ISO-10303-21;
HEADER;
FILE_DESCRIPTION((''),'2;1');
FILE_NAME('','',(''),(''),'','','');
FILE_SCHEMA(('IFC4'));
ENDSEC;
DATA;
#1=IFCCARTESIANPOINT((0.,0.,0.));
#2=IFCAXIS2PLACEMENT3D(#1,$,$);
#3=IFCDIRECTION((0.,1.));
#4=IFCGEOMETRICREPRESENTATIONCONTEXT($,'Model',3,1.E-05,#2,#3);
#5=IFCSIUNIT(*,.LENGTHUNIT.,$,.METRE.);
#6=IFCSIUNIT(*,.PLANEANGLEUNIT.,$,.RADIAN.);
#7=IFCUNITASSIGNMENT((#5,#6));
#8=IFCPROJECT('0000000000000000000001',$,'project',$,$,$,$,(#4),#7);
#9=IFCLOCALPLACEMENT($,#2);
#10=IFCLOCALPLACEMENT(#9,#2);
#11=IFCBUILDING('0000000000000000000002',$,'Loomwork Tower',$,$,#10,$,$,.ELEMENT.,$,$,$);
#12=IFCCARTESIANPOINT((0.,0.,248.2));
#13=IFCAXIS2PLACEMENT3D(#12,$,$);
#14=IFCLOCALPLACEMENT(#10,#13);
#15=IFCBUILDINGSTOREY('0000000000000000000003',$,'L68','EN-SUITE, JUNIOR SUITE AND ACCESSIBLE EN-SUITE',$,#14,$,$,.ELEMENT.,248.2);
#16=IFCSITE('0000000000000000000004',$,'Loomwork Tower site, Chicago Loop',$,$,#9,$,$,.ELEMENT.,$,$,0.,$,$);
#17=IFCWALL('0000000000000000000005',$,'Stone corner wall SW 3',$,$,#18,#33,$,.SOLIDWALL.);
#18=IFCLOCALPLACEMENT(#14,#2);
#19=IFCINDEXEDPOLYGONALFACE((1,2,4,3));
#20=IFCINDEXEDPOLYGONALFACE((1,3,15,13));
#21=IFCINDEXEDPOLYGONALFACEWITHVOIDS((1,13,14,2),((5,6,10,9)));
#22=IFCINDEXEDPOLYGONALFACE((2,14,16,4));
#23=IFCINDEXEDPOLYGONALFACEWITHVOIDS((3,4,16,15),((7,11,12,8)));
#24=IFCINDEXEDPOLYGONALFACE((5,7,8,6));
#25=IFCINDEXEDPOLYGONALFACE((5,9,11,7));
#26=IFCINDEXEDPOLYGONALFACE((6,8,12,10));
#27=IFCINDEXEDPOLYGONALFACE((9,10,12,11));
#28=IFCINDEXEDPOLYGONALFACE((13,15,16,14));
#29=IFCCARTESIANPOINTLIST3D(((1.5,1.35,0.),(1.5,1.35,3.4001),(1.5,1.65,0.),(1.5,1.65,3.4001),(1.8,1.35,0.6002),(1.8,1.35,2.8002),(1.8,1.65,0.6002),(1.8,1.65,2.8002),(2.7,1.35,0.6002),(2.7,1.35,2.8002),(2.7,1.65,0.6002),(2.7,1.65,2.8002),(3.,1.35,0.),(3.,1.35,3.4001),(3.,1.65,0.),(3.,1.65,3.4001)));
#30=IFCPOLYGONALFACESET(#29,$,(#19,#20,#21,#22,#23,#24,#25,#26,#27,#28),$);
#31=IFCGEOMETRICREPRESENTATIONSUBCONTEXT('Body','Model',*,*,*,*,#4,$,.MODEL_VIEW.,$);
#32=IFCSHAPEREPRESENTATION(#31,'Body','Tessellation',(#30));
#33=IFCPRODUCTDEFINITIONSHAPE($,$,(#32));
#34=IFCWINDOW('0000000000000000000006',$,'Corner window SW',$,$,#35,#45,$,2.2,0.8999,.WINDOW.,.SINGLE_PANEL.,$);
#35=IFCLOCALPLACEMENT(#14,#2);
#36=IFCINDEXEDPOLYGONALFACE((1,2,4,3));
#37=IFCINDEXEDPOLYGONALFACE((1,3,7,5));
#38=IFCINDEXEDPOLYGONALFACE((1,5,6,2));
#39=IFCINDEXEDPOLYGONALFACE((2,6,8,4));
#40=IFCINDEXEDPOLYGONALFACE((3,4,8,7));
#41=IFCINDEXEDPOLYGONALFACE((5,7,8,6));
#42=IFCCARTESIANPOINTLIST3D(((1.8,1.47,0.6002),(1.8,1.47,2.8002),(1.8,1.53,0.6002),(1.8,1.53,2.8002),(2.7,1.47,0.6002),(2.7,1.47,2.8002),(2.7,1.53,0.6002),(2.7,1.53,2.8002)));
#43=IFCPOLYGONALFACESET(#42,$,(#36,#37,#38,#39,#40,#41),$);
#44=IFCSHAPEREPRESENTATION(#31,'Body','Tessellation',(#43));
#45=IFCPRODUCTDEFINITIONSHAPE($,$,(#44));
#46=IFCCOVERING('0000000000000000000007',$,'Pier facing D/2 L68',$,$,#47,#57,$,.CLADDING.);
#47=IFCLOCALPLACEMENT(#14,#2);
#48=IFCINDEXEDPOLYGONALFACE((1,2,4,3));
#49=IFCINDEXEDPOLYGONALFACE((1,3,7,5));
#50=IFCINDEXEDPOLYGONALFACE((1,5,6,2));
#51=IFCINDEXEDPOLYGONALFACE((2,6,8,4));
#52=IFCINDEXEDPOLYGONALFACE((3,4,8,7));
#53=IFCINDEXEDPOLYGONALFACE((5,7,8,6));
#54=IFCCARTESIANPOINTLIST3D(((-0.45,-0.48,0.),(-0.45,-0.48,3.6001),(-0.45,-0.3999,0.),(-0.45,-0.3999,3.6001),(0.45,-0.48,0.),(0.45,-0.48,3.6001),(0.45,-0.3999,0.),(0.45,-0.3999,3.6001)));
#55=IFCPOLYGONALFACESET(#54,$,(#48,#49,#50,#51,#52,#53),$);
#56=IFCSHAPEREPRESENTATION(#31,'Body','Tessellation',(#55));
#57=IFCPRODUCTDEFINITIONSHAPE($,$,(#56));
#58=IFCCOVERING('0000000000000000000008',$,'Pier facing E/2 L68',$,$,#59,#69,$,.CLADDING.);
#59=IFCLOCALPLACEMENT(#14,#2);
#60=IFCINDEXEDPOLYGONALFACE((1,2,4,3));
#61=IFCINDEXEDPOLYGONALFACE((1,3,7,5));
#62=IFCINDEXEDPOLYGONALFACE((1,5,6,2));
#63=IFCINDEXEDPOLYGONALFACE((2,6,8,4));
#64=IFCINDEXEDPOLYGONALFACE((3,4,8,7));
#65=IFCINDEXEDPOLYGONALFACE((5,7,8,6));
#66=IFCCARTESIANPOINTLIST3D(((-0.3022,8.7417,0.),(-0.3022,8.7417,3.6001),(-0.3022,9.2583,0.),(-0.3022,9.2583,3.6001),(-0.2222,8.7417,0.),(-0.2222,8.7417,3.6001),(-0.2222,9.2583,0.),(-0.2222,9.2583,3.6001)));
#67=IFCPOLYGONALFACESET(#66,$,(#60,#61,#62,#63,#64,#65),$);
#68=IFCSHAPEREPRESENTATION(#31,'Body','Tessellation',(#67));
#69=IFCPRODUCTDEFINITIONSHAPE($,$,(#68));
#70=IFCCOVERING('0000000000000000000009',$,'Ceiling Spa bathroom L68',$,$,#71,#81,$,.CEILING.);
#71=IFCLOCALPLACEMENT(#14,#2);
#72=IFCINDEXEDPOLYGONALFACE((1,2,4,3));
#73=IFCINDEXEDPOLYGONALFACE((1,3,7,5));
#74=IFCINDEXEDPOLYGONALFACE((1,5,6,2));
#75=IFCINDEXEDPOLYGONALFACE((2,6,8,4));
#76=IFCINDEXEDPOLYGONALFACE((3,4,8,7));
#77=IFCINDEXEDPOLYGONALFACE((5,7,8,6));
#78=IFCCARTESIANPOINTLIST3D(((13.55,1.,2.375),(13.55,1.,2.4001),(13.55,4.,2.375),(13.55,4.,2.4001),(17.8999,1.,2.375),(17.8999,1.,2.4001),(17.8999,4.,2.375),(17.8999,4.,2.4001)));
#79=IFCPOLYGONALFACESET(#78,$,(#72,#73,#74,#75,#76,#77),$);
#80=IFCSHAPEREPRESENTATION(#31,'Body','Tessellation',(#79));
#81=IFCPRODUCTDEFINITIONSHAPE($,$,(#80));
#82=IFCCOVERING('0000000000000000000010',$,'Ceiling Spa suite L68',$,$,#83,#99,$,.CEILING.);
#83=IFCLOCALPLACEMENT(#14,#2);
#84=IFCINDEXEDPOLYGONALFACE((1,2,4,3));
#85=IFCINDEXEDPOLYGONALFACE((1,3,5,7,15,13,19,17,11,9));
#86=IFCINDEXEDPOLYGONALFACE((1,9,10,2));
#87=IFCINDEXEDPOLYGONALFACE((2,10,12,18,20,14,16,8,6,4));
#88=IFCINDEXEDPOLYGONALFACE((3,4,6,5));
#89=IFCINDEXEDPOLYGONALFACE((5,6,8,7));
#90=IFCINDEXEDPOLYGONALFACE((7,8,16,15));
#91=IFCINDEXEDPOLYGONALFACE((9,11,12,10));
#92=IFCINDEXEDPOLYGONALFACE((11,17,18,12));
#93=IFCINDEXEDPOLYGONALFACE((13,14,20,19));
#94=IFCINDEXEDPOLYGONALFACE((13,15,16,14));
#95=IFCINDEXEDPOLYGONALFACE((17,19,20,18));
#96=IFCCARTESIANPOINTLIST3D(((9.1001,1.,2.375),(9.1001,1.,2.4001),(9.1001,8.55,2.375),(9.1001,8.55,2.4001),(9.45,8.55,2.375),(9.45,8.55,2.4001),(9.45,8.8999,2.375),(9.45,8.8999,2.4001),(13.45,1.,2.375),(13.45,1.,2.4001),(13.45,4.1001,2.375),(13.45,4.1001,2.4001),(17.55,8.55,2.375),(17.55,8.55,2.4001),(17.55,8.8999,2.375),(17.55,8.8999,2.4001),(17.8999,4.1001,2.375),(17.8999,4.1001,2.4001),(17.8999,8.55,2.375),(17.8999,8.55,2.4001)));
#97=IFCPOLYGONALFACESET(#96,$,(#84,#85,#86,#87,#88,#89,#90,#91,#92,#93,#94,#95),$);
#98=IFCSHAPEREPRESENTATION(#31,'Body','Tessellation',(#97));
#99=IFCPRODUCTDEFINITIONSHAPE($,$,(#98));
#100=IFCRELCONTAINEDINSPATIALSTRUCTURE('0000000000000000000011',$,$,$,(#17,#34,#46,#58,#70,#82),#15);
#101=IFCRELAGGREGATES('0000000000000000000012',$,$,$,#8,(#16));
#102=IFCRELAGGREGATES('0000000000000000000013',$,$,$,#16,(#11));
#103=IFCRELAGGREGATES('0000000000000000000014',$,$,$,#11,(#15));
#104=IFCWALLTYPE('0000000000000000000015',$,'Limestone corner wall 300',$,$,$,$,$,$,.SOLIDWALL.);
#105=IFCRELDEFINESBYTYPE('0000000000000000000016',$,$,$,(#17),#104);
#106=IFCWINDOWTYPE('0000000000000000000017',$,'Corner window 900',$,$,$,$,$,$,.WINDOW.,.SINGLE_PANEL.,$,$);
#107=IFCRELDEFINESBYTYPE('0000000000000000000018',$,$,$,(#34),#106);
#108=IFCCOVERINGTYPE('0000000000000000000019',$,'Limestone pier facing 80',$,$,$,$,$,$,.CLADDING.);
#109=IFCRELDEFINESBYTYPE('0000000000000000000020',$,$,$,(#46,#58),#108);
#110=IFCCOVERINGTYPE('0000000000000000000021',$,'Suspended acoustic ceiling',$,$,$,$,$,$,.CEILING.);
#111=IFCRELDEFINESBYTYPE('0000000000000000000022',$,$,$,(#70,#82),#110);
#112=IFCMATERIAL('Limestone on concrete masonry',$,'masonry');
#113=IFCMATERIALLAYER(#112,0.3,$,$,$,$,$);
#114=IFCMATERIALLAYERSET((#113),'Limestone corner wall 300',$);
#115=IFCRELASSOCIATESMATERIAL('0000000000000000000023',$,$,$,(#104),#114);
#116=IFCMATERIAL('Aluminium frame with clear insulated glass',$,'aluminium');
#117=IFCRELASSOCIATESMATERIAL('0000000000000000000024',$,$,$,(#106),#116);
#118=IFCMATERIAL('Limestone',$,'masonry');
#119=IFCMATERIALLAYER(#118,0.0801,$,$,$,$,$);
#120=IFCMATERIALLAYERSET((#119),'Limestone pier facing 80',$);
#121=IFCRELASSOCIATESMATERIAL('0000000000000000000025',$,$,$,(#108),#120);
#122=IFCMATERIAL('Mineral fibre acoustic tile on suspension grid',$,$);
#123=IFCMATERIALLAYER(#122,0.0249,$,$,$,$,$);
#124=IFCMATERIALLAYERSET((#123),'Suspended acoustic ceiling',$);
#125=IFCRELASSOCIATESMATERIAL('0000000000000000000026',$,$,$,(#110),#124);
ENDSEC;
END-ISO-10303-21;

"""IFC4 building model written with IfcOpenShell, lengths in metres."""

from ifc_helpers import new_model, si_unit, direction, frame, frame_2d, origin, origin_2d, place, context, subcontext, project, spatial, polyline, rectangle, outline, extrude, material, layer, layer_set, type_object, element, fill, save


model = new_model("IFC4")

# Units and contexts
model_context = context("Model", 3, precision=1e-05, world=origin(), true_north=direction((0.0, 1.0)))
body_context = subcontext(model_context, "Body", "Model", "MODEL_VIEW")
ifc_project = project(units=[si_unit("LENGTHUNIT", "METRE"), si_unit("PLANEANGLEUNIT", "RADIAN")], contexts=[model_context])

# Site, building, storey
site_placement = place(None, origin())
site = spatial("IfcSite", under=ifc_project, at=site_placement, Name="Loomwork Tower site, Chicago Loop", CompositionType="ELEMENT", RefElevation=0.0)
building_placement = place(site_placement, origin())
building = spatial("IfcBuilding", under=site, at=building_placement, Name="Loomwork Tower", CompositionType="ELEMENT")
storey_placement = place(building_placement, frame((0.0, 0.0, 248.2)))
storey = spatial("IfcBuildingStorey", under=building, at=storey_placement, Name="L68", Description="EN-SUITE, JUNIOR SUITE AND ACCESSIBLE EN-SUITE", CompositionType="ELEMENT", Elevation=248.2)

# Shared definitions
ifc_material_1 = material(Name="Limestone on concrete masonry", Category="masonry")
ifc_layer_1 = layer(ifc_material_1, 0.3)
ifc_layer_set_1 = layer_set([ifc_layer_1], Name="Limestone corner wall 300")
wall_type_1 = type_object("IfcWallType", Name="Limestone corner wall 300", PredefinedType="SOLIDWALL", material=ifc_layer_set_1)

# Wall, opening, window
wall_1_placement = place(storey_placement, frame((1.5, 1.5, 0.0), z_axis=(0.0, 0.0, 1.0), x_axis=(1.0, 0.0, 0.0)))
wall_1 = element("IfcWall", 1, at=wall_1_placement, inside=storey, type_object=wall_type_1, Name="Stone corner wall SW 3", PredefinedType="SOLIDWALL", context=body_context, shape_type="SweptSolid", body=[
    extrude(rectangle(XDim=1.5, YDim=0.3, at=frame_2d((0.75, 0.0))), origin(), (0.0, 0.0, 1.0), 3.4001),
])
opening_placement = place(wall_1_placement, frame((0.3, 0.0, 0.6001)))
opening = element("IfcOpeningElement", 2, at=opening_placement, cuts=wall_1, PredefinedType="OPENING", context=body_context, shape_type="SweptSolid", body=[
    extrude(rectangle(XDim=0.8999, YDim=2.2, at=frame_2d((0.45, 1.1001))), frame((0.0, 0.1599, 0.0), z_axis=(0.0, -1.0, 0.0), x_axis=(1.0, 0.0, 0.0)), (0.0, 0.0, 1.0), 0.3201),
])
ifc_material_2 = material(Name="Aluminium frame with clear insulated glass", Category="aluminium")
window_type = type_object("IfcWindowType", Name="Corner window 900", PartitioningType="SINGLE_PANEL", PredefinedType="WINDOW", material=ifc_material_2)
window_placement = place(opening_placement, origin())
window = element("IfcWindow", 3, at=window_placement, inside=storey, type_object=window_type, Name="Corner window SW", OverallHeight=2.2, OverallWidth=0.8999, PartitioningType="SINGLE_PANEL", PredefinedType="WINDOW", context=body_context, shape_type="SweptSolid", body=[
    extrude(rectangle(XDim=0.8999, YDim=2.2, at=frame_2d((0.45, 1.1001))), frame((0.0, 0.03, 0.0), z_axis=(0.0, -1.0, 0.0), x_axis=(1.0, 0.0, 0.0)), (0.0, 0.0, 1.0), 0.0601),
])
fill(opening, window)

# Coverings
ifc_material_3 = material(Name="Limestone", Category="masonry")
ifc_layer_2 = layer(ifc_material_3, 0.0801)
ifc_layer_set_2 = layer_set([ifc_layer_2], Name="Limestone pier facing 80")
covering_type_1 = type_object("IfcCoveringType", Name="Limestone pier facing 80", PredefinedType="CLADDING", material=ifc_layer_set_2)
covering_1_placement = place(storey_placement, frame((0.0, -0.4399, 0.0), z_axis=(0.0, 0.0, 1.0), x_axis=(1.0, 0.0, 0.0)))
element("IfcCovering", 4, at=covering_1_placement, inside=storey, type_object=covering_type_1, Name="Pier facing D/2 L68", PredefinedType="CLADDING", context=body_context, shape_type="SweptSolid", body=[
    extrude(rectangle(XDim=0.8999, YDim=0.0801, at=origin_2d()), origin(), (0.0, 0.0, 1.0), 3.6001),
])
covering_2_placement = place(storey_placement, frame((-0.2622, 9.0, 0.0), z_axis=(0.0, 0.0, 1.0), x_axis=(1.0, 0.0, 0.0)))
element("IfcCovering", 5, at=covering_2_placement, inside=storey, type_object=covering_type_1, Name="Pier facing E/2 L68", PredefinedType="CLADDING", context=body_context, shape_type="SweptSolid", body=[
    extrude(rectangle(XDim=0.0801, YDim=0.5166, at=origin_2d()), origin(), (0.0, 0.0, 1.0), 3.6001),
])
ifc_material_4 = material(Name="Mineral fibre acoustic tile on suspension grid")
ifc_layer_3 = layer(ifc_material_4, 0.0249)
ifc_layer_set_3 = layer_set([ifc_layer_3], Name="Suspended acoustic ceiling")
covering_type_2 = type_object("IfcCoveringType", Name="Suspended acoustic ceiling", PredefinedType="CEILING", material=ifc_layer_set_3)
covering_3_placement = place(storey_placement, frame((0.0, 0.0, 2.375)))
element("IfcCovering", 6, at=covering_3_placement, inside=storey, type_object=covering_type_2, Name="Ceiling Spa bathroom L68", PredefinedType="CEILING", context=body_context, shape_type="SweptSolid", body=[
    extrude(outline(polyline([(17.8999, 4.0), (17.8999, 1.0), (13.55, 1.0), (13.55, 4.0), (17.8999, 4.0)])), origin(), (0.0, 0.0, 1.0), 0.0251),
])
covering_4_placement = place(storey_placement, frame((0.0, 0.0, 2.375)))
element("IfcCovering", 7, at=covering_4_placement, inside=storey, type_object=covering_type_2, Name="Ceiling Spa suite L68", PredefinedType="CEILING", context=body_context, shape_type="SweptSolid", body=[
    extrude(outline(polyline([(17.55, 8.8999), (17.55, 8.55), (17.8999, 8.55), (17.8999, 4.1001), (13.45, 4.1001), (13.45, 1.0), (9.1001, 1.0), (9.1001, 8.55), (9.45, 8.55), (9.45, 8.8999), (17.55, 8.8999)])), origin(), (0.0, 0.0, 1.0), 0.0251),
])

save(model, "model.ifc")
